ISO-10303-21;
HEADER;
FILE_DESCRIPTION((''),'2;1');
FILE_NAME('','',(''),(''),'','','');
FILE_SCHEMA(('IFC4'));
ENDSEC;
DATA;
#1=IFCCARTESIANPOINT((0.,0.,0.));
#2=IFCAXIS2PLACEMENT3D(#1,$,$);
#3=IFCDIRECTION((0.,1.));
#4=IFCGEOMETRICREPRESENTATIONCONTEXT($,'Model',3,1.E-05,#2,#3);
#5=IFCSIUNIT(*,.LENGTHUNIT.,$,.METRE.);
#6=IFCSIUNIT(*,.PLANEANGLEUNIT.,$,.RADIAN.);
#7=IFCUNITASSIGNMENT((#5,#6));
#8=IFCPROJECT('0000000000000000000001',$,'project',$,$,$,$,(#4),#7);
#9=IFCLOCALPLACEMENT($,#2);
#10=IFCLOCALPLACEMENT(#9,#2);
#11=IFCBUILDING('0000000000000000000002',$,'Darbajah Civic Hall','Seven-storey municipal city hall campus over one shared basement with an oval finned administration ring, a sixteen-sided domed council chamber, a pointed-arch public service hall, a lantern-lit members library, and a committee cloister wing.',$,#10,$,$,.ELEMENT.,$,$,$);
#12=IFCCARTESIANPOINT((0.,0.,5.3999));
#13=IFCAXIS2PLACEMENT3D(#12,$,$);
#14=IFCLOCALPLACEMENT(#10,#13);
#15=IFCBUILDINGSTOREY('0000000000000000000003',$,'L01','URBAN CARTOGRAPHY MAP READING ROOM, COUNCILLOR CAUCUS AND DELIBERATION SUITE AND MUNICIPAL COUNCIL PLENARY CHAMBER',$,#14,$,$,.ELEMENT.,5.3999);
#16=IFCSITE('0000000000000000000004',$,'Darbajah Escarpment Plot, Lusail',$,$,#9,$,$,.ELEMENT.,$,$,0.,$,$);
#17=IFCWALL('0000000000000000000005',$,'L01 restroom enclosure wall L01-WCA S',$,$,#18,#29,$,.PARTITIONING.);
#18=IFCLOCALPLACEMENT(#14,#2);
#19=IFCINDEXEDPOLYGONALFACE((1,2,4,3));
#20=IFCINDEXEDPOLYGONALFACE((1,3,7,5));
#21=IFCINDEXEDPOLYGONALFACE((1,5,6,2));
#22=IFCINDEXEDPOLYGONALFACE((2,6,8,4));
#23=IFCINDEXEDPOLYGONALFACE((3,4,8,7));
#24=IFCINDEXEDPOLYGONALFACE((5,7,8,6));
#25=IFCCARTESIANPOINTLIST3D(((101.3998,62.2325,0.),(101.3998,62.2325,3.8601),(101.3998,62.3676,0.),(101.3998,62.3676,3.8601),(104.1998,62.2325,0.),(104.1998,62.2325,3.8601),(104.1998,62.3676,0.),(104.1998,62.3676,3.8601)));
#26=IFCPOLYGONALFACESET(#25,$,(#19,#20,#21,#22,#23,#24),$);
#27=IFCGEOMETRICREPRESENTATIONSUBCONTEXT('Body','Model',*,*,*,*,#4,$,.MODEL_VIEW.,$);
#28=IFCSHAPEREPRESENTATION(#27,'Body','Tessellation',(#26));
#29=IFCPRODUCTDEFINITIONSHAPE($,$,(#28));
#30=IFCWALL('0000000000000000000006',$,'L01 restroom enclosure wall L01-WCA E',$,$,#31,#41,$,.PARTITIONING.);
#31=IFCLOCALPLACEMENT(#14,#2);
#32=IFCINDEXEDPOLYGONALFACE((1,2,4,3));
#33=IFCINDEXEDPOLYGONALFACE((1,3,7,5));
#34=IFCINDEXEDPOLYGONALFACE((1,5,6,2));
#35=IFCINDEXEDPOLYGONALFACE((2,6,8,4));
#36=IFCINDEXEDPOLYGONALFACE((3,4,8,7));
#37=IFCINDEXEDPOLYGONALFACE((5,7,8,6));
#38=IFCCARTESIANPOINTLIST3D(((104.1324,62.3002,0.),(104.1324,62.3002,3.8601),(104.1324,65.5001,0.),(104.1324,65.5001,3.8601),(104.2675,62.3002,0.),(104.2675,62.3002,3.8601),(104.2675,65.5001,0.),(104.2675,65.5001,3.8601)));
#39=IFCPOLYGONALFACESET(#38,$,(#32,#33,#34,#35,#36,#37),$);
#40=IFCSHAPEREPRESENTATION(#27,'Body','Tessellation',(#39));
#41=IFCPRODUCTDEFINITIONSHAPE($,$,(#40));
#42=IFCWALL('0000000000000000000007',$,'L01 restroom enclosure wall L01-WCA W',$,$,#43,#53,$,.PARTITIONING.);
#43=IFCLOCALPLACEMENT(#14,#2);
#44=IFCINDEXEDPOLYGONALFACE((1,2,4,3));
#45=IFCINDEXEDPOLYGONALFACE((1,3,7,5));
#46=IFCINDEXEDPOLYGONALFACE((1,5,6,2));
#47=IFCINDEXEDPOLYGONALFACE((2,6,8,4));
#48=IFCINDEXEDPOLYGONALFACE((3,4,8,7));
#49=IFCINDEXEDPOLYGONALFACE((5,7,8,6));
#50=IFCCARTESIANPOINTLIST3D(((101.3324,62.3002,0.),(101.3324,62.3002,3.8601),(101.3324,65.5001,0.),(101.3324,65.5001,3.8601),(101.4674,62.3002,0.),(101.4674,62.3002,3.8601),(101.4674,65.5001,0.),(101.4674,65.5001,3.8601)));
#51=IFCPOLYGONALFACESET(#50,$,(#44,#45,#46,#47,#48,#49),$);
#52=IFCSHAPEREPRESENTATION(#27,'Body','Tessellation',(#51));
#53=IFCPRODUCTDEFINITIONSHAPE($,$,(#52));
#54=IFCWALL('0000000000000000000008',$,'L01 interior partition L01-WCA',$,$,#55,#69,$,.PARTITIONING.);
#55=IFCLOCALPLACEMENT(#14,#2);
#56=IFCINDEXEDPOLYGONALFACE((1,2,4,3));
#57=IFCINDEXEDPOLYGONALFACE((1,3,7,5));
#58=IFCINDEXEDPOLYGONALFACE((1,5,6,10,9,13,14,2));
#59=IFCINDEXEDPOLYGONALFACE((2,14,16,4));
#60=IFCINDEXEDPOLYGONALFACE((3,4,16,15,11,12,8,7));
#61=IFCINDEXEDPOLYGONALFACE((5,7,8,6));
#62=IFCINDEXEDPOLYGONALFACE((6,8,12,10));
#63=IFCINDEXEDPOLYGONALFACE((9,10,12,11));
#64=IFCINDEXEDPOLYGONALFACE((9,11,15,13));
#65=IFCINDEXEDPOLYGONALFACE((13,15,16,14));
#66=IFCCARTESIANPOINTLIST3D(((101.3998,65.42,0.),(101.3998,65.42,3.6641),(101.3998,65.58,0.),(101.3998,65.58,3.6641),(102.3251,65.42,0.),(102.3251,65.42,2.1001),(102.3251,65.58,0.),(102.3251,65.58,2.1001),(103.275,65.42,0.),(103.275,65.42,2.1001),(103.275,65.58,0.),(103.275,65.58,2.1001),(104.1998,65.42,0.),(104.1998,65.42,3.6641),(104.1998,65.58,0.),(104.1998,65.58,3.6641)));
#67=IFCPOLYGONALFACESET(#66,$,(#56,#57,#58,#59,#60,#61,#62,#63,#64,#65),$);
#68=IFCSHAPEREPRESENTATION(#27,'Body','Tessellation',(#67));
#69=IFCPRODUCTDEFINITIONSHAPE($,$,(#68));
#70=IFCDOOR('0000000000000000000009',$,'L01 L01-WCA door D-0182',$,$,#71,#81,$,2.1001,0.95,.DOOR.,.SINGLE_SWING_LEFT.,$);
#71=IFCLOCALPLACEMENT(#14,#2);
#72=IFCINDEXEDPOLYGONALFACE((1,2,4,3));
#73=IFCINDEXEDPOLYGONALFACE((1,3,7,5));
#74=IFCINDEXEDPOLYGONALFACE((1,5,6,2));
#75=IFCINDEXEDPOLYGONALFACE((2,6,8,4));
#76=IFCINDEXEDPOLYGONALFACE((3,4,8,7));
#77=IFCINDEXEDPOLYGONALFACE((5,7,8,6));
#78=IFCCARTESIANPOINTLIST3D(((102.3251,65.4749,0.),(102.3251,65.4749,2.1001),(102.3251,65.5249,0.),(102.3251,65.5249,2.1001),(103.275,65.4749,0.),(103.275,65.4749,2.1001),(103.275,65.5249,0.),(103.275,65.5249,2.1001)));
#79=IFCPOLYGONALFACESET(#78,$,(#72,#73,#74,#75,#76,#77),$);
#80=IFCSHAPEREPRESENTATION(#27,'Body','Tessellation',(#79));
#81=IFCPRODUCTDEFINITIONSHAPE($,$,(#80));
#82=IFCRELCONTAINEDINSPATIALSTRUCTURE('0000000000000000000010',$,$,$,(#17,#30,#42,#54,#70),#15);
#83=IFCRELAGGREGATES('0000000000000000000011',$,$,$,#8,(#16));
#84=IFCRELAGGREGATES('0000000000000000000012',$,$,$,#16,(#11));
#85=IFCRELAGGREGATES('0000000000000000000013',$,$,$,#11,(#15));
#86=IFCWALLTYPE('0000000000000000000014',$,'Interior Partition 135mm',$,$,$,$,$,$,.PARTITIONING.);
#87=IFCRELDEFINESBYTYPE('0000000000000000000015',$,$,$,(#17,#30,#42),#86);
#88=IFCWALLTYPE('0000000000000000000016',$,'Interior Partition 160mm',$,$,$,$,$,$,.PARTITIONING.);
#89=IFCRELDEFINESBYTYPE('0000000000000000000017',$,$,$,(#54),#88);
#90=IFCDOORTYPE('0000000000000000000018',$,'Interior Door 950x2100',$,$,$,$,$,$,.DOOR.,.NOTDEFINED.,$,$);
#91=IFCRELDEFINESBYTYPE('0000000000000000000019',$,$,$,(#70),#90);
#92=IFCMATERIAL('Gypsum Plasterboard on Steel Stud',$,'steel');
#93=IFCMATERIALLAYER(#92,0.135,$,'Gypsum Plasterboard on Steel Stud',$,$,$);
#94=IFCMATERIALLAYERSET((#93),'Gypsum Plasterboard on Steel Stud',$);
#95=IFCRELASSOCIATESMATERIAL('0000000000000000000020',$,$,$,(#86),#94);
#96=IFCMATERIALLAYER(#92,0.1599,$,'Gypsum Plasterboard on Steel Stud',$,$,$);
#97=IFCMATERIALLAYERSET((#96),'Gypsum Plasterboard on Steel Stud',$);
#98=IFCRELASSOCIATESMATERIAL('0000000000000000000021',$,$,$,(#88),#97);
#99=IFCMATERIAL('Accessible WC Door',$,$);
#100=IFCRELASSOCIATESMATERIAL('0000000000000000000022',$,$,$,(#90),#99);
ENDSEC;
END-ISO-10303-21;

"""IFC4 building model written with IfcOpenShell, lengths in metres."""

from ifc_helpers import new_model, si_unit, direction, frame, frame_2d, origin, place, context, subcontext, project, spatial, rectangle, extrude, material, layer, layer_set, type_object, element, fill, save


model = new_model("IFC4")

# Units and contexts
model_context = context("Model", 3, precision=1e-05, world=origin(), true_north=direction((0.0, 1.0)))
body_context = subcontext(model_context, "Body", "Model", "MODEL_VIEW")
ifc_project = project(units=[si_unit("LENGTHUNIT", "METRE"), si_unit("PLANEANGLEUNIT", "RADIAN")], contexts=[model_context])

# Site, building, storey
site_placement = place(None, origin())
site = spatial("IfcSite", under=ifc_project, at=site_placement, Name="Darbajah Escarpment Plot, Lusail", CompositionType="ELEMENT", RefElevation=0.0)
building_placement = place(site_placement, origin())
building = spatial("IfcBuilding", under=site, at=building_placement, Name="Darbajah Civic Hall", Description="Seven-storey municipal city hall campus over one shared basement with an oval finned administration ring, a sixteen-sided domed council chamber, a pointed-arch public service hall, a lantern-lit members library, and a committee cloister wing.", CompositionType="ELEMENT")
storey_placement = place(building_placement, frame((0.0, 0.0, 5.3999)))
storey = spatial("IfcBuildingStorey", under=building, at=storey_placement, Name="L01", Description="URBAN CARTOGRAPHY MAP READING ROOM, COUNCILLOR CAUCUS AND DELIBERATION SUITE AND MUNICIPAL COUNCIL PLENARY CHAMBER", CompositionType="ELEMENT", Elevation=5.3999)

# Walls
ifc_material_1 = material(Name="Gypsum Plasterboard on Steel Stud", Category="steel")
ifc_layer_1 = layer(ifc_material_1, 0.135, Name="Gypsum Plasterboard on Steel Stud")
ifc_layer_set_1 = layer_set([ifc_layer_1], Name="Gypsum Plasterboard on Steel Stud")
wall_type_1 = type_object("IfcWallType", Name="Interior Partition 135mm", PredefinedType="PARTITIONING", material=ifc_layer_set_1)
wall_1_placement = place(storey_placement, frame((101.3999, 62.3, 0.0), z_axis=(0.0, 0.0, 1.0), x_axis=(1.0, 0.0, 0.0)))
element("IfcWall", 1, at=wall_1_placement, inside=storey, type_object=wall_type_1, Name="L01 restroom enclosure wall L01-WCA S", PredefinedType="PARTITIONING", context=body_context, shape_type="SweptSolid", body=[
    extrude(rectangle(XDim=2.8, YDim=0.135, at=frame_2d((1.3999, 0.0))), origin(), (0.0, 0.0, 1.0), 3.8601),
])
for number, where, z_axis, x_axis, name in (
    (2, (104.2, 62.3, 0.0), (0.0, 0.0, 1.0), (0.0, 1.0, 0.0), "L01 restroom enclosure wall L01-WCA E"),
    (3, (101.3999, 62.3, 0.0), (0.0, 0.0, 1.0), (0.0, 1.0, 0.0), "L01 restroom enclosure wall L01-WCA W"),
):
    element("IfcWall", number, at=place(storey_placement, frame(where, z_axis=z_axis, x_axis=x_axis)), inside=storey, type_object=wall_type_1, Name=name, PredefinedType="PARTITIONING", context=body_context, shape_type="SweptSolid", body=[
        extrude(rectangle(XDim=3.2, YDim=0.135, at=frame_2d((1.6001, 0.0))), origin(), (0.0, 0.0, 1.0), 3.8601),
    ])

# Wall, opening, door
ifc_layer_2 = layer(ifc_material_1, 0.1599, Name="Gypsum Plasterboard on Steel Stud")
ifc_layer_set_2 = layer_set([ifc_layer_2], Name="Gypsum Plasterboard on Steel Stud")
wall_type_2 = type_object("IfcWallType", Name="Interior Partition 160mm", PredefinedType="PARTITIONING", material=ifc_layer_set_2)
wall_2_placement = place(storey_placement, frame((101.3999, 65.5, 0.0), z_axis=(0.0, 0.0, 1.0), x_axis=(1.0, 0.0, 0.0)))
wall_2 = element("IfcWall", 4, at=wall_2_placement, inside=storey, type_object=wall_type_2, Name="L01 interior partition L01-WCA", PredefinedType="PARTITIONING", context=body_context, shape_type="SweptSolid", body=[
    extrude(rectangle(XDim=2.8, YDim=0.1599, at=frame_2d((1.3999, 0.0))), origin(), (0.0, 0.0, 1.0), 3.6641),
])
opening_1_placement = place(wall_2_placement, frame((0.925, 0.0, 0.0)))
opening_1 = element("IfcOpeningElement", 5, at=opening_1_placement, cuts=wall_2, PredefinedType="OPENING", context=body_context, shape_type="SweptSolid", body=[
    extrude(rectangle(XDim=0.95, YDim=2.1001, at=frame_2d((0.4751, 1.05))), frame((0.0, 0.0898, 0.0), z_axis=(0.0, -1.0, 0.0), x_axis=(1.0, 0.0, 0.0)), (0.0, 0.0, 1.0), 0.1799),
])
ifc_material_2 = material(Name="Accessible WC Door")
door_type_1 = type_object("IfcDoorType", Name="Interior Door 950x2100", OperationType="NOTDEFINED", PredefinedType="DOOR", material=ifc_material_2)
door_1_placement = place(opening_1_placement, origin())
door_1 = element("IfcDoor", 6, at=door_1_placement, inside=storey, type_object=door_type_1, Name="L01 L01-WCA door D-0182", OperationType="SINGLE_SWING_LEFT", OverallHeight=2.1001, OverallWidth=0.95, PredefinedType="DOOR", context=body_context, shape_type="SweptSolid", body=[
    extrude(rectangle(XDim=0.95, YDim=2.1001, at=frame_2d((0.4751, 1.05))), frame((0.0, 0.0249, 0.0), z_axis=(0.0, -1.0, 0.0), x_axis=(1.0, 0.0, 0.0)), (0.0, 0.0, 1.0), 0.05),
])
fill(opening_1, door_1)

save(model, "model.ifc")
